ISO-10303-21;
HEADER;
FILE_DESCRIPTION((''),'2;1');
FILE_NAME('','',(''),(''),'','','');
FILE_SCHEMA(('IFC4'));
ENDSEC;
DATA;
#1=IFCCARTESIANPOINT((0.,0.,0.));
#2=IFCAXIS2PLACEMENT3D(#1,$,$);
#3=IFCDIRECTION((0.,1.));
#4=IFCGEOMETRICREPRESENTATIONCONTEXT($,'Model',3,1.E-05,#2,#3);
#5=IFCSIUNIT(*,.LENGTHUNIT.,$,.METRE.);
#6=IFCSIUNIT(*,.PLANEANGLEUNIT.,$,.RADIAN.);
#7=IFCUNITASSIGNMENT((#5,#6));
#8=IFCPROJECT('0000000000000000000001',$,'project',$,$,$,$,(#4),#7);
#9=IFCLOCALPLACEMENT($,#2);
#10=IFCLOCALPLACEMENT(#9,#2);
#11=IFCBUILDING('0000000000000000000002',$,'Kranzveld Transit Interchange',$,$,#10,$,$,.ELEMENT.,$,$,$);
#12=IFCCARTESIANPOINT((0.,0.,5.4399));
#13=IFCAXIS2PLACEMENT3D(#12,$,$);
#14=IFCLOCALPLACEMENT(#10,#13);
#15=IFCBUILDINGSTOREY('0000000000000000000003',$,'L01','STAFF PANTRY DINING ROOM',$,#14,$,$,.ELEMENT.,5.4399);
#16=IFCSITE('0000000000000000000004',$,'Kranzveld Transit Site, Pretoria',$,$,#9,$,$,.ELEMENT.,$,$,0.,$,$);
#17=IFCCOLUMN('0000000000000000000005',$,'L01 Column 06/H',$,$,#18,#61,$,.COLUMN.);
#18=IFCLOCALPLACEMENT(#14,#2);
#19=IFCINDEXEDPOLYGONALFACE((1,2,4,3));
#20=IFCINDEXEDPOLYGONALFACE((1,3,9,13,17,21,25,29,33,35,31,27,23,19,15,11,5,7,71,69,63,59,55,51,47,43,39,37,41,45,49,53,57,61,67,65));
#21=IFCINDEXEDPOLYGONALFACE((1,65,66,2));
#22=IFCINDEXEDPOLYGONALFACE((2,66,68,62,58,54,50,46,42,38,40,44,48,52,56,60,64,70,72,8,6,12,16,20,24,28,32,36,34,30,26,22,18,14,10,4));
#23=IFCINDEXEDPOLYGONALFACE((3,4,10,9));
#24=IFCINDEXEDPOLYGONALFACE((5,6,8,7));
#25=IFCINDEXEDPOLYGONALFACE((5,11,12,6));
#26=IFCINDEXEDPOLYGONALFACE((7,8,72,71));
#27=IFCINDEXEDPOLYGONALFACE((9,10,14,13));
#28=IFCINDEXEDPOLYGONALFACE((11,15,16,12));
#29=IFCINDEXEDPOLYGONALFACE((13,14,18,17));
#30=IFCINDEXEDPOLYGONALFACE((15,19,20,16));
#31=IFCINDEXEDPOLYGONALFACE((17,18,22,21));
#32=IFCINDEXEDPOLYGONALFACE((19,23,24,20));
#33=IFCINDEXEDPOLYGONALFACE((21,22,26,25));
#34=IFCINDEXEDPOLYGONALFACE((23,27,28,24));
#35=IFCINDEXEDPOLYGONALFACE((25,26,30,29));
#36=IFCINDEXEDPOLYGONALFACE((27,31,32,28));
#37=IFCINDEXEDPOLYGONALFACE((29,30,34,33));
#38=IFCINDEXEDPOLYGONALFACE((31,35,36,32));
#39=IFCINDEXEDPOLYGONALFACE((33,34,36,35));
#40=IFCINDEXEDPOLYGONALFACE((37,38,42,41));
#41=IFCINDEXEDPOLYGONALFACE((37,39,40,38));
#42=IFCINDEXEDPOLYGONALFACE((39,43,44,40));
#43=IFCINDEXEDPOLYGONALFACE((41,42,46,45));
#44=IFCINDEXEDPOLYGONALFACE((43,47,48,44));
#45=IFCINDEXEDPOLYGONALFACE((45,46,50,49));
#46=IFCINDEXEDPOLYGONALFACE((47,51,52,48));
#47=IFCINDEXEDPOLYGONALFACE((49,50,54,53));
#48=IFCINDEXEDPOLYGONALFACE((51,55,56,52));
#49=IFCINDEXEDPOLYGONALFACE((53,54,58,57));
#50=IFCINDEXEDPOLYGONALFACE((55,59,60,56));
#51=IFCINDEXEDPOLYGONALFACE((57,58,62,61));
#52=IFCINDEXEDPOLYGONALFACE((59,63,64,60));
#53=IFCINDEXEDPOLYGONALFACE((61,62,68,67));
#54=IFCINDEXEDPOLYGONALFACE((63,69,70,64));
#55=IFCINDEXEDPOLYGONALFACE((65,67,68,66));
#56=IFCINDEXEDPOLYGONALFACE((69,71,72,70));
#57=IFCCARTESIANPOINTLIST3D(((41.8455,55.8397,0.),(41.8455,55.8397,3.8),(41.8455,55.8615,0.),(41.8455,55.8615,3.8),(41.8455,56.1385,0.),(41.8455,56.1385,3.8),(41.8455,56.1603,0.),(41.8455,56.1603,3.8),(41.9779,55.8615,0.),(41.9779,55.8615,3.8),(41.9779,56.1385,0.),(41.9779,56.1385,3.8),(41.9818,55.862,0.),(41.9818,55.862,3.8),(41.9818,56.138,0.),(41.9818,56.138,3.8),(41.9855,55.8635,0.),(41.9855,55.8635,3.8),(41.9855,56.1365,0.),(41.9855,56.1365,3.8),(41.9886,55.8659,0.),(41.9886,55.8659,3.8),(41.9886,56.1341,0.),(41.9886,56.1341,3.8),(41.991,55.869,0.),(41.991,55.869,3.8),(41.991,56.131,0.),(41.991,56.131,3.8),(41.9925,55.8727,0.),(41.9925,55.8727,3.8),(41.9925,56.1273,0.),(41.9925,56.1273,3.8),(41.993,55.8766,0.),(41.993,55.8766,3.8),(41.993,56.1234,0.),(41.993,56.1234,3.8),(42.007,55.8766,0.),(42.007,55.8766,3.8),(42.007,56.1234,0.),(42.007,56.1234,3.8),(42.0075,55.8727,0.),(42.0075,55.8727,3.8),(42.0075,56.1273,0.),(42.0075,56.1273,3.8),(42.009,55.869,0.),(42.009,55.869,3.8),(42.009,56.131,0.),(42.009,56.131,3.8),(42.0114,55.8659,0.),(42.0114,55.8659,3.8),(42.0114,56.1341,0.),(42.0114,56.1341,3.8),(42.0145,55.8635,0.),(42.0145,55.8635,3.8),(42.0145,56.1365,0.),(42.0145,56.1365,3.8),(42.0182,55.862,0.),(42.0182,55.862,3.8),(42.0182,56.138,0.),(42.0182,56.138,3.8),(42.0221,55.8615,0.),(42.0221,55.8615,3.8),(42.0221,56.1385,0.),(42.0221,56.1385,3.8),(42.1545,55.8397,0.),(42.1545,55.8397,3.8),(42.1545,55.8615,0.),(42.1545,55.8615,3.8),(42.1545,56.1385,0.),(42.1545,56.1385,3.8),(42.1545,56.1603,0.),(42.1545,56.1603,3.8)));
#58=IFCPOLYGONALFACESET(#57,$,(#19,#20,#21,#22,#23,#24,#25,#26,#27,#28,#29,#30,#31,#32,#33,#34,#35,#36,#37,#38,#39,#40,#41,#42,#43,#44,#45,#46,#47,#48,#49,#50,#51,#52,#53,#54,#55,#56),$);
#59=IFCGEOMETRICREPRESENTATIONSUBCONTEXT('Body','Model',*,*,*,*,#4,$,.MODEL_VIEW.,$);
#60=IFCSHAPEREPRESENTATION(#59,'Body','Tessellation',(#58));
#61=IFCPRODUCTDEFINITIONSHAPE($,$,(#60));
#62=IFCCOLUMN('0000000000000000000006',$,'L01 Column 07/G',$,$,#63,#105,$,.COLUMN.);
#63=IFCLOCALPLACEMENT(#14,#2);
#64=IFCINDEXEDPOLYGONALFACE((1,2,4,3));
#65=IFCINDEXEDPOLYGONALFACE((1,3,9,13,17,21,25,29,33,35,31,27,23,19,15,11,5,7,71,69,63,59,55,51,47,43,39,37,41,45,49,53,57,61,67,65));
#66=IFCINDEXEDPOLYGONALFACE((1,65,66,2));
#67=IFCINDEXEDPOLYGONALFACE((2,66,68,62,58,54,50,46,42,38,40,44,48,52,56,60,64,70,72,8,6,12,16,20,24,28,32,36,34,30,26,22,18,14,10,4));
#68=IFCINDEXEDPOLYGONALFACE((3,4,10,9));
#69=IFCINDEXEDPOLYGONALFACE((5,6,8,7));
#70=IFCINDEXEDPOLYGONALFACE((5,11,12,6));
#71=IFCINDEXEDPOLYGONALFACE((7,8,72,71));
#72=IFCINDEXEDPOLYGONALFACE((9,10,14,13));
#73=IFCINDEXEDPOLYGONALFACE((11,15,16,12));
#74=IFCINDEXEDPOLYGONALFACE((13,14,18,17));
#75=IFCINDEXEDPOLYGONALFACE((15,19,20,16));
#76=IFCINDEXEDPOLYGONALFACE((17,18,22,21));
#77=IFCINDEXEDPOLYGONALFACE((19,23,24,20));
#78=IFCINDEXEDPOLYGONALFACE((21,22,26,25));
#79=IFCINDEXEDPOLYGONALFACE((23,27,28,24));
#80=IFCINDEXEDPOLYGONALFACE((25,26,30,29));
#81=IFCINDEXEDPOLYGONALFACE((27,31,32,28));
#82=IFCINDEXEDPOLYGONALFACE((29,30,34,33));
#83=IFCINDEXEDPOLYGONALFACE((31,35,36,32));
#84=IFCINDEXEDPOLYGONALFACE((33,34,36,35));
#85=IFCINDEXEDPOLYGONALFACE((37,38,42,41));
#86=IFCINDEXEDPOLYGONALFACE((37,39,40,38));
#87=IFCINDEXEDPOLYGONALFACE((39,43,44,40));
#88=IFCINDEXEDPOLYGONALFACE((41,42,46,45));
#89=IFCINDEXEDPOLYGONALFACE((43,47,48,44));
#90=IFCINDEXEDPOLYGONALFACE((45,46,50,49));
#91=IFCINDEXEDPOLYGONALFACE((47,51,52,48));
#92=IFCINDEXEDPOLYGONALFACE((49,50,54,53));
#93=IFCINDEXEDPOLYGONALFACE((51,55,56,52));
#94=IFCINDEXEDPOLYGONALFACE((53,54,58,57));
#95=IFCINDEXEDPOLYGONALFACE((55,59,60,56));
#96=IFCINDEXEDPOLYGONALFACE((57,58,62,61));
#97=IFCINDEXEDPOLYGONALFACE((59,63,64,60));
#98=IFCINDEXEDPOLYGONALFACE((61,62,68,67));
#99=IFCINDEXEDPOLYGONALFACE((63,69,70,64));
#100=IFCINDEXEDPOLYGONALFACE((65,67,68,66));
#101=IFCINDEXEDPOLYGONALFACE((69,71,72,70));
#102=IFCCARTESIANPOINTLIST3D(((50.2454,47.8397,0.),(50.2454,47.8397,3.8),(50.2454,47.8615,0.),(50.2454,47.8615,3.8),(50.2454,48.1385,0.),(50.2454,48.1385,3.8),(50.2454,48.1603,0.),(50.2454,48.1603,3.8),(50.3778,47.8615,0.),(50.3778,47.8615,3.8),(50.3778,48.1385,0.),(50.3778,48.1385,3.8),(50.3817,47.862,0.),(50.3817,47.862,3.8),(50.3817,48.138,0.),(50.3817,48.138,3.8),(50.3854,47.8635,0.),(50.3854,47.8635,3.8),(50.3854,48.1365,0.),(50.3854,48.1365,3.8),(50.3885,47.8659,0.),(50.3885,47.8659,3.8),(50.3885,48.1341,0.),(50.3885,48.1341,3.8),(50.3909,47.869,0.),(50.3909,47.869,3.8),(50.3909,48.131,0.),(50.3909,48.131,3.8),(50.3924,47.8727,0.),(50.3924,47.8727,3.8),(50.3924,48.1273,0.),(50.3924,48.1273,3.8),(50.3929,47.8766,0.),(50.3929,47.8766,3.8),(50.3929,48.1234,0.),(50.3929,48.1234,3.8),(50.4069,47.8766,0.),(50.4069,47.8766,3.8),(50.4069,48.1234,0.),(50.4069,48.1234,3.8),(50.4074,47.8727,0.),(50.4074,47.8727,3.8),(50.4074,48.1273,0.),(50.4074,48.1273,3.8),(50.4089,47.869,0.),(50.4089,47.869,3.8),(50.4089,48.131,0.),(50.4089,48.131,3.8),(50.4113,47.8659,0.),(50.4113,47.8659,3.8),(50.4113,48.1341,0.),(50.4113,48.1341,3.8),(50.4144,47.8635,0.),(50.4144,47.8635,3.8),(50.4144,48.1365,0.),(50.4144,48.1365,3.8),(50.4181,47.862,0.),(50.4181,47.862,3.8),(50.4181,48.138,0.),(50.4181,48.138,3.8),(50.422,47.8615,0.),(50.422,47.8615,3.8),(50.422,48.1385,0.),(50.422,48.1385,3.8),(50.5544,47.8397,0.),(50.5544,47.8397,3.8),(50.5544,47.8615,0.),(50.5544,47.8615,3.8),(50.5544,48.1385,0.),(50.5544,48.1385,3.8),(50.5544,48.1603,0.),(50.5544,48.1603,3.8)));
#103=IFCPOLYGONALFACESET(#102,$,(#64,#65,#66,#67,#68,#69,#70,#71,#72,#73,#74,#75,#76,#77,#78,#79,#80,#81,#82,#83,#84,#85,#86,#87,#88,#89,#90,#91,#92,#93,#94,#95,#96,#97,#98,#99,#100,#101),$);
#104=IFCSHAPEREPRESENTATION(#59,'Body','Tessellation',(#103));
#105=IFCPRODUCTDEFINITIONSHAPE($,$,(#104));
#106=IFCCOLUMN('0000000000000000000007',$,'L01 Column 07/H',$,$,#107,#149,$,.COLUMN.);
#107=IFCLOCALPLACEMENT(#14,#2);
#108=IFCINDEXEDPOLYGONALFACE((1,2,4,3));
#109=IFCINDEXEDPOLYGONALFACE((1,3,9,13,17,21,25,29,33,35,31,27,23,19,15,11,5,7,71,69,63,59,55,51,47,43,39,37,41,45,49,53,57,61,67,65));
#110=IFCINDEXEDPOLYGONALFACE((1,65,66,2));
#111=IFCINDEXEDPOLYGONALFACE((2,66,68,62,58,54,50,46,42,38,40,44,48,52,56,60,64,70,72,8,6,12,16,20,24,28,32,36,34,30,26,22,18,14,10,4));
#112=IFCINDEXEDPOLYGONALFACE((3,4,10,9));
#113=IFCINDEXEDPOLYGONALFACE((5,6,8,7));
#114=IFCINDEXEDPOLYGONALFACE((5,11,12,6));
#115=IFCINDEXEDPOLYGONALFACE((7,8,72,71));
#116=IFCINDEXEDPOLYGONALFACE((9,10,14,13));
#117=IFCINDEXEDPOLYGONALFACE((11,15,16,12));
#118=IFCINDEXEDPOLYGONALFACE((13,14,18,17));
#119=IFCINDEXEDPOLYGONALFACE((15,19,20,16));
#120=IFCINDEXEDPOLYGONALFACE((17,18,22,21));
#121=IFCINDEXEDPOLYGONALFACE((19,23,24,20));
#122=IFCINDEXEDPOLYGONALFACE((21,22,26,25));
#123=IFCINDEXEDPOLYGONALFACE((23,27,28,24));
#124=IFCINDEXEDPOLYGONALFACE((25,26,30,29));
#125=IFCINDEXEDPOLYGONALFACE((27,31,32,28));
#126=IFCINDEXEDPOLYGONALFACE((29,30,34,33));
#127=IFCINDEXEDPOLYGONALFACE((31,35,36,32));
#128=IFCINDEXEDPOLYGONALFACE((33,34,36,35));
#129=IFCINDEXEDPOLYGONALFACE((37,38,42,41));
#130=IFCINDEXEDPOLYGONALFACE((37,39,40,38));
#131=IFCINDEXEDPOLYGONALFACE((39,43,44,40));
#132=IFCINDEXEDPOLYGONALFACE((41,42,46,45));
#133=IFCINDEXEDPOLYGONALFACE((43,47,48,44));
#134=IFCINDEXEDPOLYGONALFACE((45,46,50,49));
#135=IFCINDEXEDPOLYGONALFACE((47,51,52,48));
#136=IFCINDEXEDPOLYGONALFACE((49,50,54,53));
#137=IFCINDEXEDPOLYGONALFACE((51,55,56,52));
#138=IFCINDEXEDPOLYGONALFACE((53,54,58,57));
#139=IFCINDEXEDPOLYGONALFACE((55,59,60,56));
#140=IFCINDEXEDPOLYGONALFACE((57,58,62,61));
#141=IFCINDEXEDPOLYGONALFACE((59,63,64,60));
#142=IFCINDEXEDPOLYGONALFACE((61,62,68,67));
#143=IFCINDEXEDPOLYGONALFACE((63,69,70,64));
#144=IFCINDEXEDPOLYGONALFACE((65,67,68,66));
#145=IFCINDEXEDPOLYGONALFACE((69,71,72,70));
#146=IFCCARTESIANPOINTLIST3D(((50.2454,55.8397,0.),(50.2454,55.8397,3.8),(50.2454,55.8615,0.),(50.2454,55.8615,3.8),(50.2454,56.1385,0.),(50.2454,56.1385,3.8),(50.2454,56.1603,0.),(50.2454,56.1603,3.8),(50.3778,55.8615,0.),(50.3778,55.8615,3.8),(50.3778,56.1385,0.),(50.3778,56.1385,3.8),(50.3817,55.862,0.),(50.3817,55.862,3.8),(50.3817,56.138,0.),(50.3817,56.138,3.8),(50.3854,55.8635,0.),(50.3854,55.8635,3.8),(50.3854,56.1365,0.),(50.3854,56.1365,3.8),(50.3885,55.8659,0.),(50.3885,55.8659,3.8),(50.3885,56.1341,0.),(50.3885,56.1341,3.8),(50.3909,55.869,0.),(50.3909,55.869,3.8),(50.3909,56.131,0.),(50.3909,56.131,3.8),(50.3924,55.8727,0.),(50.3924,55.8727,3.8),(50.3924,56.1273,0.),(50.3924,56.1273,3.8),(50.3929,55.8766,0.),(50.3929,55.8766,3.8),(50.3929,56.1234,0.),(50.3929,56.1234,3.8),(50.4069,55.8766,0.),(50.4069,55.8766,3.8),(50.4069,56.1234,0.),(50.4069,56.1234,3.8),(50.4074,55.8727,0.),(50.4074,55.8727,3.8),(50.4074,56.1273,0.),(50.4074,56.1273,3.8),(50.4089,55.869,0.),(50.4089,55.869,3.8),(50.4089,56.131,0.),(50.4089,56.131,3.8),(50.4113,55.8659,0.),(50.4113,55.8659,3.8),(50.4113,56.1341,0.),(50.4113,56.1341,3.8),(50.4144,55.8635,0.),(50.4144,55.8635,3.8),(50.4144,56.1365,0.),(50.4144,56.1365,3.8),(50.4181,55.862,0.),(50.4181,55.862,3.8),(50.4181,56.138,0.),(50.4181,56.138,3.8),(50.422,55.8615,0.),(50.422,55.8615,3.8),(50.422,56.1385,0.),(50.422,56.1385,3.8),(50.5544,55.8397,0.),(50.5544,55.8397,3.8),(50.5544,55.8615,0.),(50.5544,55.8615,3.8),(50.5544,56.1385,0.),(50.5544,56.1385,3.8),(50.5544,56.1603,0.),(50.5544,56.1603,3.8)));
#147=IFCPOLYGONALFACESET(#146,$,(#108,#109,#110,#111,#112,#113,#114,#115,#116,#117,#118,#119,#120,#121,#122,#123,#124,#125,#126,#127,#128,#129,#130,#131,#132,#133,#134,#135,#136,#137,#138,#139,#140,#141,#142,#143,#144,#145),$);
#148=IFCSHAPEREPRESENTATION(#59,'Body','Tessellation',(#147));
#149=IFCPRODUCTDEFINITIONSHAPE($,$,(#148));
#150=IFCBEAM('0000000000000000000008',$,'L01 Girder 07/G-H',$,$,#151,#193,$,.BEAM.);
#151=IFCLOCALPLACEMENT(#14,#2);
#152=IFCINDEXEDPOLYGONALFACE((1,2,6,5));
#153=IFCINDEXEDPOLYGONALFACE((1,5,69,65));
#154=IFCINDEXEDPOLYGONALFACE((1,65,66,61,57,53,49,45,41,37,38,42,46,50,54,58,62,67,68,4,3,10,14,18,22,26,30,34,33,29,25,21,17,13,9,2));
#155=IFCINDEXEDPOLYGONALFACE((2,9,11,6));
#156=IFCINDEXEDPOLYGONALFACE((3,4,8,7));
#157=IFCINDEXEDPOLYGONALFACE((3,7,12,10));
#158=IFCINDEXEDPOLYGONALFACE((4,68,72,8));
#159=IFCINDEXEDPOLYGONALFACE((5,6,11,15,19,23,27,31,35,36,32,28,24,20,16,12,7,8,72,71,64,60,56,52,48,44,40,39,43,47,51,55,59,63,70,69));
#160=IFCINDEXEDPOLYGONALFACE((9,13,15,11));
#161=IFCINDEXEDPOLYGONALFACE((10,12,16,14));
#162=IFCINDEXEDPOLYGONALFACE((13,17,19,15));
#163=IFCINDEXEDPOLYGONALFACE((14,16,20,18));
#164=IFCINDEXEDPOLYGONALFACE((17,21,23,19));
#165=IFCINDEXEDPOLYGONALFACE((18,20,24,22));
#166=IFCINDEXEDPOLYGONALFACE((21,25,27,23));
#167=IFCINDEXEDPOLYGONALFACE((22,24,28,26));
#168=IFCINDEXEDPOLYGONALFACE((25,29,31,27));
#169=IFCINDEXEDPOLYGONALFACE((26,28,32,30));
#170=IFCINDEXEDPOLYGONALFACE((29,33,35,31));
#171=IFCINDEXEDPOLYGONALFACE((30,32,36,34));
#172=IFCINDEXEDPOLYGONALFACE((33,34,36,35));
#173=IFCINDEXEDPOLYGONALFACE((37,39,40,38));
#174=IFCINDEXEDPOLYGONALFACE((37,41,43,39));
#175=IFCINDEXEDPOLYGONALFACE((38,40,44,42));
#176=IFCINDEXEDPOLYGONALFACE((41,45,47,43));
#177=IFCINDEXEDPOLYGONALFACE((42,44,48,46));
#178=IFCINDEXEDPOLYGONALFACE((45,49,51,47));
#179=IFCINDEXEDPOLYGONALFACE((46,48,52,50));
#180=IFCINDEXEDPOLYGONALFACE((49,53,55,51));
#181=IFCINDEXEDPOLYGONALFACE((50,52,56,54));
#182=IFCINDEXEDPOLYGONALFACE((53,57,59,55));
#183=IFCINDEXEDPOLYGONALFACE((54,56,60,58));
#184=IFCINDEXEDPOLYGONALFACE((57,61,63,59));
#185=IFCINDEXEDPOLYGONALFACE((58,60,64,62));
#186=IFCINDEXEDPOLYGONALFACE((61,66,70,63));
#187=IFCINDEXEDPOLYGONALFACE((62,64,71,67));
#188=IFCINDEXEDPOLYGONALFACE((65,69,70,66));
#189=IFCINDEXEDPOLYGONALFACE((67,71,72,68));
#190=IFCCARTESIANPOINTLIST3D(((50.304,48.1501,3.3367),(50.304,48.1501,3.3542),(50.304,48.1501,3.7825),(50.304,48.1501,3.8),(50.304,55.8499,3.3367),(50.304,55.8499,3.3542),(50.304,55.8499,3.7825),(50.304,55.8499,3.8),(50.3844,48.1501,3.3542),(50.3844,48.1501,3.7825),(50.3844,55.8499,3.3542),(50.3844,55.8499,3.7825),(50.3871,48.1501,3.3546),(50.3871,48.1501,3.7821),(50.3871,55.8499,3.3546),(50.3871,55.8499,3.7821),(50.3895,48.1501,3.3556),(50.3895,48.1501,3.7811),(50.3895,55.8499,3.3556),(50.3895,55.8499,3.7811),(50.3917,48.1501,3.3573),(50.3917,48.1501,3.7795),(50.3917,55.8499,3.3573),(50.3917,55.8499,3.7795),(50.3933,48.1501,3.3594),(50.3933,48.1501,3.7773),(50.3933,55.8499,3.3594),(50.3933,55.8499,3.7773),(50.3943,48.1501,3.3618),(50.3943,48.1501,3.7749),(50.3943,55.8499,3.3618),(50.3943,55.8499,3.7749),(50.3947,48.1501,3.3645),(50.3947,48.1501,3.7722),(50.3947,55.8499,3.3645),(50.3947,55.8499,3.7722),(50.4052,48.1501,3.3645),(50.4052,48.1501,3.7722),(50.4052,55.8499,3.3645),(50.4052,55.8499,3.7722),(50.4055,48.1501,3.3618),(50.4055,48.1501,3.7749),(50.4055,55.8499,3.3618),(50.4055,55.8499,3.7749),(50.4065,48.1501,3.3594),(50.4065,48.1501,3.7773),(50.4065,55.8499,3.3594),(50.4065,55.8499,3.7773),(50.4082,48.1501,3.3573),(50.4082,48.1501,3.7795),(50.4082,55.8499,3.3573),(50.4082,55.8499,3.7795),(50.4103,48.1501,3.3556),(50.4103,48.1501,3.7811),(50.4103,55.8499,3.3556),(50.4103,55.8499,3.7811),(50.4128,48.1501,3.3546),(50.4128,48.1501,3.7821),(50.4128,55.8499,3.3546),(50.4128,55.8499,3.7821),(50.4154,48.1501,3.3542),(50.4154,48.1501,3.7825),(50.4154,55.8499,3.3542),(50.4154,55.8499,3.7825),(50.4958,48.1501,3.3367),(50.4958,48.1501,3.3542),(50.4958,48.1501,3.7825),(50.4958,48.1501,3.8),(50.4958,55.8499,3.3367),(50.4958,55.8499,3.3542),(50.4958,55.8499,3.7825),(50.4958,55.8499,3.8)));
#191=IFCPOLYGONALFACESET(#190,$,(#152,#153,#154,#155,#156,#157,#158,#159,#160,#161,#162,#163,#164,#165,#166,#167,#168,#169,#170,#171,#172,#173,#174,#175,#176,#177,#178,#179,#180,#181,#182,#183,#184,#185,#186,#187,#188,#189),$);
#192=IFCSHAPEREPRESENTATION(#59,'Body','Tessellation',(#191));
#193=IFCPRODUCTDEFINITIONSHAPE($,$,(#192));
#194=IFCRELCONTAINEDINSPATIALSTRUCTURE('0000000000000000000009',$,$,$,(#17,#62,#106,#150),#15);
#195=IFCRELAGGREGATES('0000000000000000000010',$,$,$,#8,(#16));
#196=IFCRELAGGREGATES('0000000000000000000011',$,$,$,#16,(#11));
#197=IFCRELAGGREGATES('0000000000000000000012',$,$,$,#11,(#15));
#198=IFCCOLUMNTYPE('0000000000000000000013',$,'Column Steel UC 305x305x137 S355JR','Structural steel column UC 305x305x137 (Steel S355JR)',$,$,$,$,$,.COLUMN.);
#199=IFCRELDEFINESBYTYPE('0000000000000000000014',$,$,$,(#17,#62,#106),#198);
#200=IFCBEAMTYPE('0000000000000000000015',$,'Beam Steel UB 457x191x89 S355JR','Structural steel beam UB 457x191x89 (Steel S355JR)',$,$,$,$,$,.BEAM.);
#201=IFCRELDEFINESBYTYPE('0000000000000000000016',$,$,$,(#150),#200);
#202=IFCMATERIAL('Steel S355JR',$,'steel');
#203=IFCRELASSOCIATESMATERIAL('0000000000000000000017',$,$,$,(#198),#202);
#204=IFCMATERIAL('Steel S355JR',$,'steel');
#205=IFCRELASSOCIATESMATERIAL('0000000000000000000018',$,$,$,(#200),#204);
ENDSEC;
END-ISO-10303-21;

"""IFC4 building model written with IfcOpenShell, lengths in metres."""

from ifc_helpers import new_model, si_unit, direction, frame, origin, origin_2d, place, context, subcontext, project, spatial, i_section, extrude, material, material_profile, profile_set, type_object, element, save


model = new_model("IFC4")

# Units and contexts
model_context = context("Model", 3, precision=1e-05, world=origin(), true_north=direction((0.0, 1.0)))
body_context = subcontext(model_context, "Body", "Model", "MODEL_VIEW")
ifc_project = project(units=[si_unit("LENGTHUNIT", "METRE"), si_unit("PLANEANGLEUNIT", "RADIAN")], contexts=[model_context])

# Site, building, storey
site_placement = place(None, origin())
site = spatial("IfcSite", under=ifc_project, at=site_placement, Name="Kranzveld Transit Site, Pretoria", CompositionType="ELEMENT", RefElevation=0.0)
building_placement = place(site_placement, origin())
building = spatial("IfcBuilding", under=site, at=building_placement, Name="Kranzveld Transit Interchange", CompositionType="ELEMENT")
storey_placement = place(building_placement, frame((0.0, 0.0, 5.4399)))
storey = spatial("IfcBuildingStorey", under=building, at=storey_placement, Name="L01", Description="STAFF PANTRY DINING ROOM", CompositionType="ELEMENT", Elevation=5.4399)

# Columns
ifc_material_1 = material(Name="Steel S355JR", Category="steel")
ifc_material_profile_1 = material_profile(ifc_material_1, i_section(OverallWidth=0.3091, OverallDepth=0.3206, WebThickness=0.0139, FlangeThickness=0.0217, FilletRadius=0.0151, at=origin_2d()), Name="UC 305x305x137")
ifc_profile_set_1 = profile_set([ifc_material_profile_1], Name="Steel S355JR")
column_type = type_object("IfcColumnType", Name="Column Steel UC 305x305x137 S355JR", Description="Structural steel column UC 305x305x137 (Steel S355JR)", PredefinedType="COLUMN", material=ifc_profile_set_1)
for number, where, z_axis, x_axis, name in (
    (1, (42.0, 56.0, 0.0), (0.0, 0.0, 1.0), (1.0, 0.0, 0.0), "L01 Column 06/H"),
    (2, (50.3999, 48.0, 0.0), (0.0, 0.0, 1.0), (1.0, 0.0, 0.0), "L01 Column 07/G"),
    (3, (50.3999, 56.0, 0.0), (0.0, 0.0, 1.0), (1.0, 0.0, 0.0), "L01 Column 07/H"),
):
    element("IfcColumn", number, at=place(storey_placement, frame(where, z_axis=z_axis, x_axis=x_axis)), inside=storey, type_object=column_type, Name=name, PredefinedType="COLUMN", context=body_context, shape_type="SweptSolid", body=[
        extrude(i_section(OverallWidth=0.3091, OverallDepth=0.3206, WebThickness=0.0139, FlangeThickness=0.0217, FilletRadius=0.0151, at=origin_2d()), origin(), (0.0, 0.0, 1.0), 3.8),
    ])

# Beam
ifc_material_2 = material(Name="Steel S355JR", Category="steel")
ifc_material_profile_2 = material_profile(ifc_material_2, i_section(OverallWidth=0.1919, OverallDepth=0.4634, WebThickness=0.0105, FlangeThickness=0.0176, FilletRadius=0.0103, at=origin_2d()), Name="UB 457x191x89")
ifc_profile_set_2 = profile_set([ifc_material_profile_2], Name="Steel S355JR")
beam_type_1 = type_object("IfcBeamType", Name="Beam Steel UB 457x191x89 S355JR", Description="Structural steel beam UB 457x191x89 (Steel S355JR)", PredefinedType="BEAM", material=ifc_profile_set_2)
beam_1_placement = place(storey_placement, frame((50.3999, 48.1501, 3.5684), z_axis=(0.0, 1.0, 0.0), x_axis=(-1.0, 0.0, 0.0)))
element("IfcBeam", 4, at=beam_1_placement, inside=storey, type_object=beam_type_1, Name="L01 Girder 07/G-H", PredefinedType="BEAM", context=body_context, shape_type="SweptSolid", body=[
    extrude(i_section(OverallWidth=0.1919, OverallDepth=0.4634, WebThickness=0.0105, FlangeThickness=0.0176, FilletRadius=0.0103, at=origin_2d()), origin(), (0.0, 0.0, 1.0), 7.6997),
])

save(model, "model.ifc")
